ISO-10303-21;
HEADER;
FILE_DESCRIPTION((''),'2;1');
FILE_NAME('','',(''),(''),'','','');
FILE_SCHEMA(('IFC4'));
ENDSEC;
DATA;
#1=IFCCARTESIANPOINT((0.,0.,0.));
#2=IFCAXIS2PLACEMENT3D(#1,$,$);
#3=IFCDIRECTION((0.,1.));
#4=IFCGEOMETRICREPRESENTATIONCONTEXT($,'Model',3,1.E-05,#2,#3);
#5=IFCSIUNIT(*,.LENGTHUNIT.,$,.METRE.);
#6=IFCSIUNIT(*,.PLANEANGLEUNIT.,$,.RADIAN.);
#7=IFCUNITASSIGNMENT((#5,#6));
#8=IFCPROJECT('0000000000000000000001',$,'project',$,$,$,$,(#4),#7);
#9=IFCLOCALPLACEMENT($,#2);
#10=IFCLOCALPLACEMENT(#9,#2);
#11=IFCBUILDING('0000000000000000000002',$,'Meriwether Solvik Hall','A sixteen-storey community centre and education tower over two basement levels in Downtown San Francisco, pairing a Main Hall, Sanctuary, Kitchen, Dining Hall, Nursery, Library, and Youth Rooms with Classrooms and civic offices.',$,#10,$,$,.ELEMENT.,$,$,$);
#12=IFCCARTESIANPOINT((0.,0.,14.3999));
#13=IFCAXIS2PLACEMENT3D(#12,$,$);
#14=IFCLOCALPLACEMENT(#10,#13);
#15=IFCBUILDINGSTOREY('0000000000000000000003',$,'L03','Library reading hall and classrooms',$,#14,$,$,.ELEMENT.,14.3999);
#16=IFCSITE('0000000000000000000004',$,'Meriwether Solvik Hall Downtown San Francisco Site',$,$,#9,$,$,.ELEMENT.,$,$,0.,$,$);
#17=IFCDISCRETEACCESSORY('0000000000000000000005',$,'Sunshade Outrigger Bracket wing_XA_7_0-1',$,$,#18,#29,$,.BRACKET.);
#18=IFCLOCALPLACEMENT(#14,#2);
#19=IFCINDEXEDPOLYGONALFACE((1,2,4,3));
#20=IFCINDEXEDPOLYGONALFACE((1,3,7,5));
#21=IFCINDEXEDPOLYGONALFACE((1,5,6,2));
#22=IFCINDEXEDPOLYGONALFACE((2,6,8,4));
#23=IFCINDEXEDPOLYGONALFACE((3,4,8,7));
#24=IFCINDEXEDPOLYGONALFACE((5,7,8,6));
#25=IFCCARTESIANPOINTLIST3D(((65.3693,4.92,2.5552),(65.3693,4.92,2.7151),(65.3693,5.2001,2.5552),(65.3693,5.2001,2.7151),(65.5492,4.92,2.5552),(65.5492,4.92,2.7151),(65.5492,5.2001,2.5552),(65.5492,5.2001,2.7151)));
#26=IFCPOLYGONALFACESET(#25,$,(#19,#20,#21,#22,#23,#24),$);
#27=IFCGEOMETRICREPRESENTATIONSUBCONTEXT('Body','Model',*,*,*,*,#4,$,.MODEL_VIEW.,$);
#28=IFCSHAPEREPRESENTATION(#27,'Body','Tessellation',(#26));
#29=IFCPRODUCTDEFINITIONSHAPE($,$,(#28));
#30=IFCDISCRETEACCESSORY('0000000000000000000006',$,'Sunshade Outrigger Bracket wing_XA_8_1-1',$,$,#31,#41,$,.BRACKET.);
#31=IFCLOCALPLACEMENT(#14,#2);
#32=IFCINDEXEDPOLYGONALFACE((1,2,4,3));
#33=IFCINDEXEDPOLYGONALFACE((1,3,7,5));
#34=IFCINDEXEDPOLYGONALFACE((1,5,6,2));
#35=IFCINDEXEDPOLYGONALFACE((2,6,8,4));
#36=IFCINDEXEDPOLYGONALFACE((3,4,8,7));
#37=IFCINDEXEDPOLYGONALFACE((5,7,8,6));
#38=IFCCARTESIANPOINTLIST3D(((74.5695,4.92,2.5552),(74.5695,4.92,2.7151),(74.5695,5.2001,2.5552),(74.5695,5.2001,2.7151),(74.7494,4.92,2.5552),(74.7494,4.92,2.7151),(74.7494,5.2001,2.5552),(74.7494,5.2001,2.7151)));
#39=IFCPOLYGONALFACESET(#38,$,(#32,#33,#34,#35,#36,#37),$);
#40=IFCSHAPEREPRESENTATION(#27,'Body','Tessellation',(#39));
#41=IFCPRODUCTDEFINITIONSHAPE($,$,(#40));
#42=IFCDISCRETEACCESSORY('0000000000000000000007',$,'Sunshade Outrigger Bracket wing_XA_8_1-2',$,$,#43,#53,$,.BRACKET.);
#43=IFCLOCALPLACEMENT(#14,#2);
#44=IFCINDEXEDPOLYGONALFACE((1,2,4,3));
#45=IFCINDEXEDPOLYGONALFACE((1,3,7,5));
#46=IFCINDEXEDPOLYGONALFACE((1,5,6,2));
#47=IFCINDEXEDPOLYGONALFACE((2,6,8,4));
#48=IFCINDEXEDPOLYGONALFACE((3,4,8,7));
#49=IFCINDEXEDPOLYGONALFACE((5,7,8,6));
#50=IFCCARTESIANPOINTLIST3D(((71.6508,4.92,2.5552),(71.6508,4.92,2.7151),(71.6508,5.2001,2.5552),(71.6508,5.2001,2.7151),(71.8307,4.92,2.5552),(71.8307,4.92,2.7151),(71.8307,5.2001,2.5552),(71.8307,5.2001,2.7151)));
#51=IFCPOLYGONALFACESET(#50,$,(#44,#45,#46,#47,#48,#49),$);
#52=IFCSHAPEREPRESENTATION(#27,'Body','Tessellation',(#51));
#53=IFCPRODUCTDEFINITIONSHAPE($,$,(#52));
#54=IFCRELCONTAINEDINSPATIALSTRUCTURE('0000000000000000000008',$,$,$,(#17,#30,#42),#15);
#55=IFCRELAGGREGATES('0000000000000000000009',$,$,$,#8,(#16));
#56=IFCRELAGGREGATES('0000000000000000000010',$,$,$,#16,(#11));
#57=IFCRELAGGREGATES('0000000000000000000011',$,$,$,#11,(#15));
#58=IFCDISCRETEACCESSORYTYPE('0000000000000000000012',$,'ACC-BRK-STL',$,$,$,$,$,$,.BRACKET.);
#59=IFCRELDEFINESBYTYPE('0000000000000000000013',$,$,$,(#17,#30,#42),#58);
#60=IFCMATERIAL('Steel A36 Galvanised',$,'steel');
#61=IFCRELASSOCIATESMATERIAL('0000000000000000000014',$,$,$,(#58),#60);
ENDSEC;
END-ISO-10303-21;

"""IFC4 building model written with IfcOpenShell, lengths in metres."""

from ifc_helpers import new_model, si_unit, direction, frame, origin, origin_2d, place, context, subcontext, project, spatial, rectangle, extrude, material, type_object, element, save


model = new_model("IFC4")

# Units and contexts
model_context = context("Model", 3, precision=1e-05, world=origin(), true_north=direction((0.0, 1.0)))
body_context = subcontext(model_context, "Body", "Model", "MODEL_VIEW")
ifc_project = project(units=[si_unit("LENGTHUNIT", "METRE"), si_unit("PLANEANGLEUNIT", "RADIAN")], contexts=[model_context])

# Site, building, storey
site_placement = place(None, origin())
site = spatial("IfcSite", under=ifc_project, at=site_placement, Name="Meriwether Solvik Hall Downtown San Francisco Site", CompositionType="ELEMENT", RefElevation=0.0)
building_placement = place(site_placement, origin())
building = spatial("IfcBuilding", under=site, at=building_placement, Name="Meriwether Solvik Hall", Description="A sixteen-storey community centre and education tower over two basement levels in Downtown San Francisco, pairing a Main Hall, Sanctuary, Kitchen, Dining Hall, Nursery, Library, and Youth Rooms with Classrooms and civic offices.", CompositionType="ELEMENT")
storey_placement = place(building_placement, frame((0.0, 0.0, 14.3999)))
storey = spatial("IfcBuildingStorey", under=building, at=storey_placement, Name="L03", Description="Library reading hall and classrooms", CompositionType="ELEMENT", Elevation=14.3999)

# Discrete accessories
ifc_material_1 = material(Name="Steel A36 Galvanised", Category="steel")
discrete_accessory_type = type_object("IfcDiscreteAccessoryType", Name="ACC-BRK-STL", PredefinedType="BRACKET", material=ifc_material_1)
for number, where, z_axis, x_axis, name in (
    (1, (65.4592, 5.0601, 2.5552), (0.0, 0.0, 1.0), (-1.0, 0.0, 0.0), "Sunshade Outrigger Bracket wing_XA_7_0-1"),
    (2, (74.6594, 5.0601, 2.5552), (0.0, 0.0, 1.0), (-1.0, 0.0, 0.0), "Sunshade Outrigger Bracket wing_XA_8_1-1"),
    (3, (71.7407, 5.0601, 2.5552), (0.0, 0.0, 1.0), (-1.0, 0.0, 0.0), "Sunshade Outrigger Bracket wing_XA_8_1-2"),
):
    element("IfcDiscreteAccessory", number, at=place(storey_placement, frame(where, z_axis=z_axis, x_axis=x_axis)), inside=storey, type_object=discrete_accessory_type, Name=name, PredefinedType="BRACKET", context=body_context, shape_type="SweptSolid", body=[
        extrude(rectangle(XDim=0.1799, YDim=0.28, at=origin_2d()), origin(), (0.0, 0.0, 1.0), 0.1599),
    ])

save(model, "model.ifc")
